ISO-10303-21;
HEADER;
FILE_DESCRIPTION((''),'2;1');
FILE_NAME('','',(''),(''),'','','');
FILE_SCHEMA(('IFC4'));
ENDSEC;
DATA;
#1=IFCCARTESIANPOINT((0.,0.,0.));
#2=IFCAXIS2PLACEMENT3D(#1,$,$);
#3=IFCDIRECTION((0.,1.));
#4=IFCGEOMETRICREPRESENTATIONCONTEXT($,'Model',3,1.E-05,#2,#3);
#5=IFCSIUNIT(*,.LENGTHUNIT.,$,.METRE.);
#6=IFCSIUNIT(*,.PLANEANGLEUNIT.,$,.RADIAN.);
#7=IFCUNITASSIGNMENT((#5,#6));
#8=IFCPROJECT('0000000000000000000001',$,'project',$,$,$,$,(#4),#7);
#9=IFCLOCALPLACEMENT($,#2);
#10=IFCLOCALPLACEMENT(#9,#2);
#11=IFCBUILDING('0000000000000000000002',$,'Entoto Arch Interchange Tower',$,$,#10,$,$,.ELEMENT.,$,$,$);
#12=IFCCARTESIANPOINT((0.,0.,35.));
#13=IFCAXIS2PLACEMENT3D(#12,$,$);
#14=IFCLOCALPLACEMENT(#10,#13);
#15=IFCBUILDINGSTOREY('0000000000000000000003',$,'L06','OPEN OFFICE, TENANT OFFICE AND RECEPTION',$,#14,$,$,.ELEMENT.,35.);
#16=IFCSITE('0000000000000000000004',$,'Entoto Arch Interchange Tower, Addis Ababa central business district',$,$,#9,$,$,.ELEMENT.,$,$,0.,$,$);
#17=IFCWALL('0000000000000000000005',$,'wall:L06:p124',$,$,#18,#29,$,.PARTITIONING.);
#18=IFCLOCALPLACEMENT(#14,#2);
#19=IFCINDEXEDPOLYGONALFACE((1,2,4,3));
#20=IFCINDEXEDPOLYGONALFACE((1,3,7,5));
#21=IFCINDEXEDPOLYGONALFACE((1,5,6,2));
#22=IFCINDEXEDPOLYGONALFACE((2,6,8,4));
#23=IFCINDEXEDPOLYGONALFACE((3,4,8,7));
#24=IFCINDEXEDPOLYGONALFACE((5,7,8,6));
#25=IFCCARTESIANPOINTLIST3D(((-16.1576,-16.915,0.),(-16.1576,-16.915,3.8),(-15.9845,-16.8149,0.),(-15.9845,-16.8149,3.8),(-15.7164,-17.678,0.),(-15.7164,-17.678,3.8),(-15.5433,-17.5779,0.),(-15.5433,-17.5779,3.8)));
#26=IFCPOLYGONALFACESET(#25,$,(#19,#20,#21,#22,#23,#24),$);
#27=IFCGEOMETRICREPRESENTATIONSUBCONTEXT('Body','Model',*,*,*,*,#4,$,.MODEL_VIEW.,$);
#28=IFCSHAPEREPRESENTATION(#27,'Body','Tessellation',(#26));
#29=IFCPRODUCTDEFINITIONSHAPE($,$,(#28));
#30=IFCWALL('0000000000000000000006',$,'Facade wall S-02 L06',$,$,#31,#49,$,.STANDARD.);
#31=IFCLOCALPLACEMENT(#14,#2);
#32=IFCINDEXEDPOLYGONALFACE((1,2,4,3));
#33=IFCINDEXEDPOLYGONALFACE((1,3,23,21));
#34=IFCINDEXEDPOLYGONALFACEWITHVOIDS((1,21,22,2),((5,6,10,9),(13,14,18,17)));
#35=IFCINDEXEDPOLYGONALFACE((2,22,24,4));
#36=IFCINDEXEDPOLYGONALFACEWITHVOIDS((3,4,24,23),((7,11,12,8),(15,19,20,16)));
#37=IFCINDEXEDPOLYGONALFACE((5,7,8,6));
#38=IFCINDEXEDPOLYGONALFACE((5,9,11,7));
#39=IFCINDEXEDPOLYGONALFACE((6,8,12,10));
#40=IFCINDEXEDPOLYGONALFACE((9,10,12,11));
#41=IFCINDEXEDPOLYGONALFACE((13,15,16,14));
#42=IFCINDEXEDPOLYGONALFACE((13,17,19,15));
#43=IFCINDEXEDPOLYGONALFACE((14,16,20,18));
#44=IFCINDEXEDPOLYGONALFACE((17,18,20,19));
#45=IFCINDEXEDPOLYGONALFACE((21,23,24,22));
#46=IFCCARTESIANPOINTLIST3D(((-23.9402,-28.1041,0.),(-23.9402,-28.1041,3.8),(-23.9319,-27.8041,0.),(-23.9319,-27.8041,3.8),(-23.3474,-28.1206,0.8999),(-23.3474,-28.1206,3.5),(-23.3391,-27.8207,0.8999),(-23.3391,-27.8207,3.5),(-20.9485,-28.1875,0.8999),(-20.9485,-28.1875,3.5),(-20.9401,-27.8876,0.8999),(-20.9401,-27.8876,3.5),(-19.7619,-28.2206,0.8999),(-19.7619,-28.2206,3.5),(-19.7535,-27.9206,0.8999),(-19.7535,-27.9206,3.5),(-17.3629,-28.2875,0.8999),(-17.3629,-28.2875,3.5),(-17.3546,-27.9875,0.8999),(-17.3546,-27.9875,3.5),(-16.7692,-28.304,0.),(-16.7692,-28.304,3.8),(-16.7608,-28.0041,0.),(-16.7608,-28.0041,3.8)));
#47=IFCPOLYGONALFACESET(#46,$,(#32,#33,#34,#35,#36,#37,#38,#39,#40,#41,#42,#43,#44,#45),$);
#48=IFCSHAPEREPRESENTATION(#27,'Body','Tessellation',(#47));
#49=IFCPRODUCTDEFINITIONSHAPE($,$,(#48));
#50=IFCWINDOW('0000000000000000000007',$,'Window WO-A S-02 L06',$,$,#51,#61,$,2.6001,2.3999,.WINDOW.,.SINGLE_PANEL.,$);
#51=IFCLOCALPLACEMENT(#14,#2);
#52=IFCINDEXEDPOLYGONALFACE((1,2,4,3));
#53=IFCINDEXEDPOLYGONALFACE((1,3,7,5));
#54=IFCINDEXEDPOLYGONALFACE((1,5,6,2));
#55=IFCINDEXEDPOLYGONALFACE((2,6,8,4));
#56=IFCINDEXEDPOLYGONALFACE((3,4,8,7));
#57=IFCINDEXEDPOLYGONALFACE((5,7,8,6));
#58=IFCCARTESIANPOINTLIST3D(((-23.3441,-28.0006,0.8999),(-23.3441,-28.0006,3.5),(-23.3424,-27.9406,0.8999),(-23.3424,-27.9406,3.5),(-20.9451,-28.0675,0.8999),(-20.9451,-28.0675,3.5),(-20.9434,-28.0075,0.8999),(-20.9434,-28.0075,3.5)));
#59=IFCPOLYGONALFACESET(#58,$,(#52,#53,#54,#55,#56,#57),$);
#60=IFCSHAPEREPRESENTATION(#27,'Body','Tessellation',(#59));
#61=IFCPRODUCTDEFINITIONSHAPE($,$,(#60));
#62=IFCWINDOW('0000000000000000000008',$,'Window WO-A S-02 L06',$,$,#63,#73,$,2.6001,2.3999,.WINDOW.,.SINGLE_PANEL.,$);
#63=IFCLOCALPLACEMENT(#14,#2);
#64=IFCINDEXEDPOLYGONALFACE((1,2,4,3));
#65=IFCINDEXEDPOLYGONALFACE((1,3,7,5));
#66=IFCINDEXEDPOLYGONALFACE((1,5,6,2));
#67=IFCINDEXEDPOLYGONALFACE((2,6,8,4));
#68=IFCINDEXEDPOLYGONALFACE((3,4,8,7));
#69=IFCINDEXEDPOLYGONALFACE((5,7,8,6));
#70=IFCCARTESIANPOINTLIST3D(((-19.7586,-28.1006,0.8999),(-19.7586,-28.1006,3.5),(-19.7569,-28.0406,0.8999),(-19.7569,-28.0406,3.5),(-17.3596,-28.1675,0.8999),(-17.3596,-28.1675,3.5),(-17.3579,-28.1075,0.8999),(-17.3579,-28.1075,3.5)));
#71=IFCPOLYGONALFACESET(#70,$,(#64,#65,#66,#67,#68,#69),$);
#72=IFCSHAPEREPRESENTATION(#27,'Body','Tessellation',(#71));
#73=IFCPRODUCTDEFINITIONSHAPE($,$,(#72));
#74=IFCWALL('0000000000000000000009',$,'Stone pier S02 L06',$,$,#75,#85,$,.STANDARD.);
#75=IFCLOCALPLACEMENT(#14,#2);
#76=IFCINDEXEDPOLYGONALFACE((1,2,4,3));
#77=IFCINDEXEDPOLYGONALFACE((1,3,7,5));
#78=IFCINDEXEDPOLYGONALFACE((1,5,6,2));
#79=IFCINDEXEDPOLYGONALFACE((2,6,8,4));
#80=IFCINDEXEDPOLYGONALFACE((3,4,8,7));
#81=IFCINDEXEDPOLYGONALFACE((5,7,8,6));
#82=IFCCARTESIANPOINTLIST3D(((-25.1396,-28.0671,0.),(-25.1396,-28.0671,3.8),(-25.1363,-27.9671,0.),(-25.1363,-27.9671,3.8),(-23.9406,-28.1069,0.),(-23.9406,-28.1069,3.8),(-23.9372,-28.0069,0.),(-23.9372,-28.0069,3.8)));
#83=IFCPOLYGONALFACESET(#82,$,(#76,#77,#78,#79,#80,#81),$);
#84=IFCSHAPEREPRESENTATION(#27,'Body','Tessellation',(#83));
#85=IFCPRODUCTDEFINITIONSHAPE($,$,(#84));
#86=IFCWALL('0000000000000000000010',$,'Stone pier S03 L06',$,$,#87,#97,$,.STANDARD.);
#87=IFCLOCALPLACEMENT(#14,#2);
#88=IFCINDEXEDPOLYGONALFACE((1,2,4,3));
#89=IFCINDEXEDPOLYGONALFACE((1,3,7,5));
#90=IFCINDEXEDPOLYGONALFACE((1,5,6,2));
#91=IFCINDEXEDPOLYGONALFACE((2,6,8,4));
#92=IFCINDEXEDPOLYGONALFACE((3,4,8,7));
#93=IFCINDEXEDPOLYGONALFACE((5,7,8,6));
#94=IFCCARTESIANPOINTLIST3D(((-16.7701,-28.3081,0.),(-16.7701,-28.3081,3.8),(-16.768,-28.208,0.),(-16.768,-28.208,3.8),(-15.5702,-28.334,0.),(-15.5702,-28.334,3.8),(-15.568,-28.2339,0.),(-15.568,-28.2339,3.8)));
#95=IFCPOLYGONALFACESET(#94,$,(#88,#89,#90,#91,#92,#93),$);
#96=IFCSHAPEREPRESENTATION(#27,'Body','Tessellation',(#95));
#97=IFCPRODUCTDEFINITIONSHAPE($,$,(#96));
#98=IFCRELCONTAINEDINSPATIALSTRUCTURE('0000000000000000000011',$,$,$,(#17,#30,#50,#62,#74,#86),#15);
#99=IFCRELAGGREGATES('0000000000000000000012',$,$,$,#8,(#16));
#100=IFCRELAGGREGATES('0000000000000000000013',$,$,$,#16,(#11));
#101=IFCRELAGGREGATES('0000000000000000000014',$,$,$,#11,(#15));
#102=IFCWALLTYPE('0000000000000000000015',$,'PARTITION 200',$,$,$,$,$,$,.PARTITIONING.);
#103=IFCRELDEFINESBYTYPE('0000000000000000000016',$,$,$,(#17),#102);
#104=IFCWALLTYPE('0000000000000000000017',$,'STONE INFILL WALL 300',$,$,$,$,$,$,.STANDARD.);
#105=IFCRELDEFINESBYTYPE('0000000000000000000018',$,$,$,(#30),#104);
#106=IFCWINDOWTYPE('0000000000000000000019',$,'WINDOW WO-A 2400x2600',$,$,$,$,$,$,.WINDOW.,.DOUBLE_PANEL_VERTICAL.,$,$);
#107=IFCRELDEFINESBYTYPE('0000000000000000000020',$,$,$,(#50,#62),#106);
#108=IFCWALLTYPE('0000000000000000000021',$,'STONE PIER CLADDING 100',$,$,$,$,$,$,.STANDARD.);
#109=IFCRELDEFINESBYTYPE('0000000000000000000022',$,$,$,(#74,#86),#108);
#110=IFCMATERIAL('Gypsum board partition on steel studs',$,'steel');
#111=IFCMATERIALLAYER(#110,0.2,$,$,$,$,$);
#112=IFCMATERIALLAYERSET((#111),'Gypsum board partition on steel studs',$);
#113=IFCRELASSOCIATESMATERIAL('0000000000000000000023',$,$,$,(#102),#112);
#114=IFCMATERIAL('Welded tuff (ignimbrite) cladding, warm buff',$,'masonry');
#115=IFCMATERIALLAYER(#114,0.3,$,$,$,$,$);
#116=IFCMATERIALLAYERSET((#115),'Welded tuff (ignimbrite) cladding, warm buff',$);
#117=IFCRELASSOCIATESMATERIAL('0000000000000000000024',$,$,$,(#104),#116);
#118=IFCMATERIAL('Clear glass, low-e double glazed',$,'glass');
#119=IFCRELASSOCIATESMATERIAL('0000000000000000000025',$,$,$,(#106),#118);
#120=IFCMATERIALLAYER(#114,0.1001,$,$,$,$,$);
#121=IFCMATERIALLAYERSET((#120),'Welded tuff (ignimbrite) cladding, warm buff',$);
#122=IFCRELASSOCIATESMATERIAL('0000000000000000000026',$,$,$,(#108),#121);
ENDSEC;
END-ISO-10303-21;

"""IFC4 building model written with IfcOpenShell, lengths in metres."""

from ifc_helpers import new_model, si_unit, direction, frame, frame_2d, origin, place, context, subcontext, project, spatial, rectangle, extrude, material, layer, layer_set, type_object, element, fill, save


model = new_model("IFC4")

# Units and contexts
model_context = context("Model", 3, precision=1e-05, world=origin(), true_north=direction((0.0, 1.0)))
body_context = subcontext(model_context, "Body", "Model", "MODEL_VIEW")
ifc_project = project(units=[si_unit("LENGTHUNIT", "METRE"), si_unit("PLANEANGLEUNIT", "RADIAN")], contexts=[model_context])

# Site, building, storey
site_placement = place(None, origin())
site = spatial("IfcSite", under=ifc_project, at=site_placement, Name="Entoto Arch Interchange Tower, Addis Ababa central business district", CompositionType="ELEMENT", RefElevation=0.0)
building_placement = place(site_placement, origin())
building = spatial("IfcBuilding", under=site, at=building_placement, Name="Entoto Arch Interchange Tower", CompositionType="ELEMENT")
storey_placement = place(building_placement, frame((0.0, 0.0, 35.0)))
storey = spatial("IfcBuildingStorey", under=building, at=storey_placement, Name="L06", Description="OPEN OFFICE, TENANT OFFICE AND RECEPTION", CompositionType="ELEMENT", Elevation=35.0)

# Shared definitions
ifc_material_1 = material(Name="Gypsum board partition on steel studs", Category="steel")

# Shared definitions
ifc_layer_1 = layer(ifc_material_1, 0.2)
ifc_layer_set_1 = layer_set([ifc_layer_1], Name="Gypsum board partition on steel studs")
wall_type_1 = type_object("IfcWallType", Name="PARTITION 200", PredefinedType="PARTITIONING", material=ifc_layer_set_1)

# Wall
wall_1_placement = place(storey_placement, frame((-15.6299, -17.6279, 0.0), z_axis=(0.0, 0.0, 1.0), x_axis=(-0.500578, 0.865692, 0.0)))
element("IfcWall", 1, at=wall_1_placement, inside=storey, type_object=wall_type_1, Name="wall:L06:p124", PredefinedType="PARTITIONING", context=body_context, shape_type="SweptSolid", body=[
    extrude(rectangle(XDim=0.8813, YDim=0.2, at=frame_2d((0.4407, 0.0))), origin(), (0.0, 0.0, 1.0), 3.8),
])

# Wall, openings, windows
ifc_material_2 = material(Name="Welded tuff (ignimbrite) cladding, warm buff", Category="masonry")
ifc_layer_2 = layer(ifc_material_2, 0.3)
ifc_layer_set_2 = layer_set([ifc_layer_2], Name="Welded tuff (ignimbrite) cladding, warm buff")
wall_type_2 = type_object("IfcWallType", Name="STONE INFILL WALL 300", PredefinedType="STANDARD", material=ifc_layer_set_2)
wall_2_placement = place(storey_placement, frame((-23.936, -27.9541, 0.0), z_axis=(0.0, 0.0, 1.0), x_axis=(0.999612, -0.027872, 0.0)))
wall_2 = element("IfcWall", 2, at=wall_2_placement, inside=storey, type_object=wall_type_2, Name="Facade wall S-02 L06", PredefinedType="STANDARD", context=body_context, shape_type="SweptSolid", body=[
    extrude(rectangle(XDim=7.1738, YDim=0.3, at=frame_2d((3.5869, 0.0))), origin(), (0.0, 0.0, 1.0), 3.8),
])
opening_1_placement = place(wall_2_placement, frame((0.593, 0.0, 0.8999)))
opening_1 = element("IfcOpeningElement", 3, at=opening_1_placement, cuts=wall_2, PredefinedType="OPENING", context=body_context, shape_type="SweptSolid", body=[
    extrude(rectangle(XDim=2.3999, YDim=2.6001, at=frame_2d((1.2, 1.3))), frame((0.0, 0.1602, 0.0), z_axis=(0.0, -1.0, 0.0), x_axis=(1.0, 0.0, 0.0)), (0.0, 0.0, 1.0), 0.3201),
])
opening_2_placement = place(wall_2_placement, frame((4.1799, 0.0, 0.8999)))
opening_2 = element("IfcOpeningElement", 4, at=opening_2_placement, cuts=wall_2, PredefinedType="OPENING", context=body_context, shape_type="SweptSolid", body=[
    extrude(rectangle(XDim=2.3999, YDim=2.6001, at=frame_2d((1.2, 1.3))), frame((0.0, 0.1602, 0.0), z_axis=(0.0, -1.0, 0.0), x_axis=(1.0, 0.0, 0.0)), (0.0, 0.0, 1.0), 0.3201),
])
ifc_material_3 = material(Name="Clear glass, low-e double glazed", Category="glass")
window_type = type_object("IfcWindowType", Name="WINDOW WO-A 2400x2600", PartitioningType="DOUBLE_PANEL_VERTICAL", PredefinedType="WINDOW", material=ifc_material_3)
window_1_placement = place(opening_1_placement, origin())
window_1 = element("IfcWindow", 5, at=window_1_placement, inside=storey, type_object=window_type, Name="Window WO-A S-02 L06", OverallHeight=2.6001, OverallWidth=2.3999, PartitioningType="SINGLE_PANEL", PredefinedType="WINDOW", context=body_context, shape_type="SweptSolid", body=[
    extrude(rectangle(XDim=2.3999, YDim=2.6001, at=frame_2d((1.2, 1.3))), frame((0.0, 0.03, 0.0), z_axis=(0.0, -1.0, 0.0), x_axis=(1.0, 0.0, 0.0)), (0.0, 0.0, 1.0), 0.0601),
])
fill(opening_1, window_1)
window_2_placement = place(opening_2_placement, origin())
window_2 = element("IfcWindow", 6, at=window_2_placement, inside=storey, type_object=window_type, Name="Window WO-A S-02 L06", OverallHeight=2.6001, OverallWidth=2.3999, PartitioningType="SINGLE_PANEL", PredefinedType="WINDOW", context=body_context, shape_type="SweptSolid", body=[
    extrude(rectangle(XDim=2.3999, YDim=2.6001, at=frame_2d((1.2, 1.3))), frame((0.0, 0.03, 0.0), z_axis=(0.0, -1.0, 0.0), x_axis=(1.0, 0.0, 0.0)), (0.0, 0.0, 1.0), 0.0601),
])
fill(opening_2, window_2)

# Walls
ifc_layer_3 = layer(ifc_material_2, 0.1001)
ifc_layer_set_3 = layer_set([ifc_layer_3], Name="Welded tuff (ignimbrite) cladding, warm buff")
wall_type_3 = type_object("IfcWallType", Name="STONE PIER CLADDING 100", PredefinedType="STANDARD", material=ifc_layer_set_3)
wall_3_placement = place(storey_placement, frame((-25.1379, -28.0171, 0.0), z_axis=(0.0, 0.0, 1.0), x_axis=(0.99945, -0.033173, 0.0)))
element("IfcWall", 7, at=wall_3_placement, inside=storey, type_object=wall_type_3, Name="Stone pier S02 L06", PredefinedType="STANDARD", context=body_context, shape_type="SweptSolid", body=[
    extrude(rectangle(XDim=1.1997, YDim=0.1001, at=frame_2d((0.5999, 0.0))), origin(), (0.0, 0.0, 1.0), 3.8),
])
wall_4_placement = place(storey_placement, frame((-16.769, -28.2581, 0.0), z_axis=(0.0, 0.0, 1.0), x_axis=(0.999768, -0.021562, 0.0)))
element("IfcWall", 8, at=wall_4_placement, inside=storey, type_object=wall_type_3, Name="Stone pier S03 L06", PredefinedType="STANDARD", context=body_context, shape_type="SweptSolid", body=[
    extrude(rectangle(XDim=1.2002, YDim=0.1001, at=frame_2d((0.6001, 0.0))), origin(), (0.0, 0.0, 1.0), 3.8),
])

save(model, "model.ifc")
